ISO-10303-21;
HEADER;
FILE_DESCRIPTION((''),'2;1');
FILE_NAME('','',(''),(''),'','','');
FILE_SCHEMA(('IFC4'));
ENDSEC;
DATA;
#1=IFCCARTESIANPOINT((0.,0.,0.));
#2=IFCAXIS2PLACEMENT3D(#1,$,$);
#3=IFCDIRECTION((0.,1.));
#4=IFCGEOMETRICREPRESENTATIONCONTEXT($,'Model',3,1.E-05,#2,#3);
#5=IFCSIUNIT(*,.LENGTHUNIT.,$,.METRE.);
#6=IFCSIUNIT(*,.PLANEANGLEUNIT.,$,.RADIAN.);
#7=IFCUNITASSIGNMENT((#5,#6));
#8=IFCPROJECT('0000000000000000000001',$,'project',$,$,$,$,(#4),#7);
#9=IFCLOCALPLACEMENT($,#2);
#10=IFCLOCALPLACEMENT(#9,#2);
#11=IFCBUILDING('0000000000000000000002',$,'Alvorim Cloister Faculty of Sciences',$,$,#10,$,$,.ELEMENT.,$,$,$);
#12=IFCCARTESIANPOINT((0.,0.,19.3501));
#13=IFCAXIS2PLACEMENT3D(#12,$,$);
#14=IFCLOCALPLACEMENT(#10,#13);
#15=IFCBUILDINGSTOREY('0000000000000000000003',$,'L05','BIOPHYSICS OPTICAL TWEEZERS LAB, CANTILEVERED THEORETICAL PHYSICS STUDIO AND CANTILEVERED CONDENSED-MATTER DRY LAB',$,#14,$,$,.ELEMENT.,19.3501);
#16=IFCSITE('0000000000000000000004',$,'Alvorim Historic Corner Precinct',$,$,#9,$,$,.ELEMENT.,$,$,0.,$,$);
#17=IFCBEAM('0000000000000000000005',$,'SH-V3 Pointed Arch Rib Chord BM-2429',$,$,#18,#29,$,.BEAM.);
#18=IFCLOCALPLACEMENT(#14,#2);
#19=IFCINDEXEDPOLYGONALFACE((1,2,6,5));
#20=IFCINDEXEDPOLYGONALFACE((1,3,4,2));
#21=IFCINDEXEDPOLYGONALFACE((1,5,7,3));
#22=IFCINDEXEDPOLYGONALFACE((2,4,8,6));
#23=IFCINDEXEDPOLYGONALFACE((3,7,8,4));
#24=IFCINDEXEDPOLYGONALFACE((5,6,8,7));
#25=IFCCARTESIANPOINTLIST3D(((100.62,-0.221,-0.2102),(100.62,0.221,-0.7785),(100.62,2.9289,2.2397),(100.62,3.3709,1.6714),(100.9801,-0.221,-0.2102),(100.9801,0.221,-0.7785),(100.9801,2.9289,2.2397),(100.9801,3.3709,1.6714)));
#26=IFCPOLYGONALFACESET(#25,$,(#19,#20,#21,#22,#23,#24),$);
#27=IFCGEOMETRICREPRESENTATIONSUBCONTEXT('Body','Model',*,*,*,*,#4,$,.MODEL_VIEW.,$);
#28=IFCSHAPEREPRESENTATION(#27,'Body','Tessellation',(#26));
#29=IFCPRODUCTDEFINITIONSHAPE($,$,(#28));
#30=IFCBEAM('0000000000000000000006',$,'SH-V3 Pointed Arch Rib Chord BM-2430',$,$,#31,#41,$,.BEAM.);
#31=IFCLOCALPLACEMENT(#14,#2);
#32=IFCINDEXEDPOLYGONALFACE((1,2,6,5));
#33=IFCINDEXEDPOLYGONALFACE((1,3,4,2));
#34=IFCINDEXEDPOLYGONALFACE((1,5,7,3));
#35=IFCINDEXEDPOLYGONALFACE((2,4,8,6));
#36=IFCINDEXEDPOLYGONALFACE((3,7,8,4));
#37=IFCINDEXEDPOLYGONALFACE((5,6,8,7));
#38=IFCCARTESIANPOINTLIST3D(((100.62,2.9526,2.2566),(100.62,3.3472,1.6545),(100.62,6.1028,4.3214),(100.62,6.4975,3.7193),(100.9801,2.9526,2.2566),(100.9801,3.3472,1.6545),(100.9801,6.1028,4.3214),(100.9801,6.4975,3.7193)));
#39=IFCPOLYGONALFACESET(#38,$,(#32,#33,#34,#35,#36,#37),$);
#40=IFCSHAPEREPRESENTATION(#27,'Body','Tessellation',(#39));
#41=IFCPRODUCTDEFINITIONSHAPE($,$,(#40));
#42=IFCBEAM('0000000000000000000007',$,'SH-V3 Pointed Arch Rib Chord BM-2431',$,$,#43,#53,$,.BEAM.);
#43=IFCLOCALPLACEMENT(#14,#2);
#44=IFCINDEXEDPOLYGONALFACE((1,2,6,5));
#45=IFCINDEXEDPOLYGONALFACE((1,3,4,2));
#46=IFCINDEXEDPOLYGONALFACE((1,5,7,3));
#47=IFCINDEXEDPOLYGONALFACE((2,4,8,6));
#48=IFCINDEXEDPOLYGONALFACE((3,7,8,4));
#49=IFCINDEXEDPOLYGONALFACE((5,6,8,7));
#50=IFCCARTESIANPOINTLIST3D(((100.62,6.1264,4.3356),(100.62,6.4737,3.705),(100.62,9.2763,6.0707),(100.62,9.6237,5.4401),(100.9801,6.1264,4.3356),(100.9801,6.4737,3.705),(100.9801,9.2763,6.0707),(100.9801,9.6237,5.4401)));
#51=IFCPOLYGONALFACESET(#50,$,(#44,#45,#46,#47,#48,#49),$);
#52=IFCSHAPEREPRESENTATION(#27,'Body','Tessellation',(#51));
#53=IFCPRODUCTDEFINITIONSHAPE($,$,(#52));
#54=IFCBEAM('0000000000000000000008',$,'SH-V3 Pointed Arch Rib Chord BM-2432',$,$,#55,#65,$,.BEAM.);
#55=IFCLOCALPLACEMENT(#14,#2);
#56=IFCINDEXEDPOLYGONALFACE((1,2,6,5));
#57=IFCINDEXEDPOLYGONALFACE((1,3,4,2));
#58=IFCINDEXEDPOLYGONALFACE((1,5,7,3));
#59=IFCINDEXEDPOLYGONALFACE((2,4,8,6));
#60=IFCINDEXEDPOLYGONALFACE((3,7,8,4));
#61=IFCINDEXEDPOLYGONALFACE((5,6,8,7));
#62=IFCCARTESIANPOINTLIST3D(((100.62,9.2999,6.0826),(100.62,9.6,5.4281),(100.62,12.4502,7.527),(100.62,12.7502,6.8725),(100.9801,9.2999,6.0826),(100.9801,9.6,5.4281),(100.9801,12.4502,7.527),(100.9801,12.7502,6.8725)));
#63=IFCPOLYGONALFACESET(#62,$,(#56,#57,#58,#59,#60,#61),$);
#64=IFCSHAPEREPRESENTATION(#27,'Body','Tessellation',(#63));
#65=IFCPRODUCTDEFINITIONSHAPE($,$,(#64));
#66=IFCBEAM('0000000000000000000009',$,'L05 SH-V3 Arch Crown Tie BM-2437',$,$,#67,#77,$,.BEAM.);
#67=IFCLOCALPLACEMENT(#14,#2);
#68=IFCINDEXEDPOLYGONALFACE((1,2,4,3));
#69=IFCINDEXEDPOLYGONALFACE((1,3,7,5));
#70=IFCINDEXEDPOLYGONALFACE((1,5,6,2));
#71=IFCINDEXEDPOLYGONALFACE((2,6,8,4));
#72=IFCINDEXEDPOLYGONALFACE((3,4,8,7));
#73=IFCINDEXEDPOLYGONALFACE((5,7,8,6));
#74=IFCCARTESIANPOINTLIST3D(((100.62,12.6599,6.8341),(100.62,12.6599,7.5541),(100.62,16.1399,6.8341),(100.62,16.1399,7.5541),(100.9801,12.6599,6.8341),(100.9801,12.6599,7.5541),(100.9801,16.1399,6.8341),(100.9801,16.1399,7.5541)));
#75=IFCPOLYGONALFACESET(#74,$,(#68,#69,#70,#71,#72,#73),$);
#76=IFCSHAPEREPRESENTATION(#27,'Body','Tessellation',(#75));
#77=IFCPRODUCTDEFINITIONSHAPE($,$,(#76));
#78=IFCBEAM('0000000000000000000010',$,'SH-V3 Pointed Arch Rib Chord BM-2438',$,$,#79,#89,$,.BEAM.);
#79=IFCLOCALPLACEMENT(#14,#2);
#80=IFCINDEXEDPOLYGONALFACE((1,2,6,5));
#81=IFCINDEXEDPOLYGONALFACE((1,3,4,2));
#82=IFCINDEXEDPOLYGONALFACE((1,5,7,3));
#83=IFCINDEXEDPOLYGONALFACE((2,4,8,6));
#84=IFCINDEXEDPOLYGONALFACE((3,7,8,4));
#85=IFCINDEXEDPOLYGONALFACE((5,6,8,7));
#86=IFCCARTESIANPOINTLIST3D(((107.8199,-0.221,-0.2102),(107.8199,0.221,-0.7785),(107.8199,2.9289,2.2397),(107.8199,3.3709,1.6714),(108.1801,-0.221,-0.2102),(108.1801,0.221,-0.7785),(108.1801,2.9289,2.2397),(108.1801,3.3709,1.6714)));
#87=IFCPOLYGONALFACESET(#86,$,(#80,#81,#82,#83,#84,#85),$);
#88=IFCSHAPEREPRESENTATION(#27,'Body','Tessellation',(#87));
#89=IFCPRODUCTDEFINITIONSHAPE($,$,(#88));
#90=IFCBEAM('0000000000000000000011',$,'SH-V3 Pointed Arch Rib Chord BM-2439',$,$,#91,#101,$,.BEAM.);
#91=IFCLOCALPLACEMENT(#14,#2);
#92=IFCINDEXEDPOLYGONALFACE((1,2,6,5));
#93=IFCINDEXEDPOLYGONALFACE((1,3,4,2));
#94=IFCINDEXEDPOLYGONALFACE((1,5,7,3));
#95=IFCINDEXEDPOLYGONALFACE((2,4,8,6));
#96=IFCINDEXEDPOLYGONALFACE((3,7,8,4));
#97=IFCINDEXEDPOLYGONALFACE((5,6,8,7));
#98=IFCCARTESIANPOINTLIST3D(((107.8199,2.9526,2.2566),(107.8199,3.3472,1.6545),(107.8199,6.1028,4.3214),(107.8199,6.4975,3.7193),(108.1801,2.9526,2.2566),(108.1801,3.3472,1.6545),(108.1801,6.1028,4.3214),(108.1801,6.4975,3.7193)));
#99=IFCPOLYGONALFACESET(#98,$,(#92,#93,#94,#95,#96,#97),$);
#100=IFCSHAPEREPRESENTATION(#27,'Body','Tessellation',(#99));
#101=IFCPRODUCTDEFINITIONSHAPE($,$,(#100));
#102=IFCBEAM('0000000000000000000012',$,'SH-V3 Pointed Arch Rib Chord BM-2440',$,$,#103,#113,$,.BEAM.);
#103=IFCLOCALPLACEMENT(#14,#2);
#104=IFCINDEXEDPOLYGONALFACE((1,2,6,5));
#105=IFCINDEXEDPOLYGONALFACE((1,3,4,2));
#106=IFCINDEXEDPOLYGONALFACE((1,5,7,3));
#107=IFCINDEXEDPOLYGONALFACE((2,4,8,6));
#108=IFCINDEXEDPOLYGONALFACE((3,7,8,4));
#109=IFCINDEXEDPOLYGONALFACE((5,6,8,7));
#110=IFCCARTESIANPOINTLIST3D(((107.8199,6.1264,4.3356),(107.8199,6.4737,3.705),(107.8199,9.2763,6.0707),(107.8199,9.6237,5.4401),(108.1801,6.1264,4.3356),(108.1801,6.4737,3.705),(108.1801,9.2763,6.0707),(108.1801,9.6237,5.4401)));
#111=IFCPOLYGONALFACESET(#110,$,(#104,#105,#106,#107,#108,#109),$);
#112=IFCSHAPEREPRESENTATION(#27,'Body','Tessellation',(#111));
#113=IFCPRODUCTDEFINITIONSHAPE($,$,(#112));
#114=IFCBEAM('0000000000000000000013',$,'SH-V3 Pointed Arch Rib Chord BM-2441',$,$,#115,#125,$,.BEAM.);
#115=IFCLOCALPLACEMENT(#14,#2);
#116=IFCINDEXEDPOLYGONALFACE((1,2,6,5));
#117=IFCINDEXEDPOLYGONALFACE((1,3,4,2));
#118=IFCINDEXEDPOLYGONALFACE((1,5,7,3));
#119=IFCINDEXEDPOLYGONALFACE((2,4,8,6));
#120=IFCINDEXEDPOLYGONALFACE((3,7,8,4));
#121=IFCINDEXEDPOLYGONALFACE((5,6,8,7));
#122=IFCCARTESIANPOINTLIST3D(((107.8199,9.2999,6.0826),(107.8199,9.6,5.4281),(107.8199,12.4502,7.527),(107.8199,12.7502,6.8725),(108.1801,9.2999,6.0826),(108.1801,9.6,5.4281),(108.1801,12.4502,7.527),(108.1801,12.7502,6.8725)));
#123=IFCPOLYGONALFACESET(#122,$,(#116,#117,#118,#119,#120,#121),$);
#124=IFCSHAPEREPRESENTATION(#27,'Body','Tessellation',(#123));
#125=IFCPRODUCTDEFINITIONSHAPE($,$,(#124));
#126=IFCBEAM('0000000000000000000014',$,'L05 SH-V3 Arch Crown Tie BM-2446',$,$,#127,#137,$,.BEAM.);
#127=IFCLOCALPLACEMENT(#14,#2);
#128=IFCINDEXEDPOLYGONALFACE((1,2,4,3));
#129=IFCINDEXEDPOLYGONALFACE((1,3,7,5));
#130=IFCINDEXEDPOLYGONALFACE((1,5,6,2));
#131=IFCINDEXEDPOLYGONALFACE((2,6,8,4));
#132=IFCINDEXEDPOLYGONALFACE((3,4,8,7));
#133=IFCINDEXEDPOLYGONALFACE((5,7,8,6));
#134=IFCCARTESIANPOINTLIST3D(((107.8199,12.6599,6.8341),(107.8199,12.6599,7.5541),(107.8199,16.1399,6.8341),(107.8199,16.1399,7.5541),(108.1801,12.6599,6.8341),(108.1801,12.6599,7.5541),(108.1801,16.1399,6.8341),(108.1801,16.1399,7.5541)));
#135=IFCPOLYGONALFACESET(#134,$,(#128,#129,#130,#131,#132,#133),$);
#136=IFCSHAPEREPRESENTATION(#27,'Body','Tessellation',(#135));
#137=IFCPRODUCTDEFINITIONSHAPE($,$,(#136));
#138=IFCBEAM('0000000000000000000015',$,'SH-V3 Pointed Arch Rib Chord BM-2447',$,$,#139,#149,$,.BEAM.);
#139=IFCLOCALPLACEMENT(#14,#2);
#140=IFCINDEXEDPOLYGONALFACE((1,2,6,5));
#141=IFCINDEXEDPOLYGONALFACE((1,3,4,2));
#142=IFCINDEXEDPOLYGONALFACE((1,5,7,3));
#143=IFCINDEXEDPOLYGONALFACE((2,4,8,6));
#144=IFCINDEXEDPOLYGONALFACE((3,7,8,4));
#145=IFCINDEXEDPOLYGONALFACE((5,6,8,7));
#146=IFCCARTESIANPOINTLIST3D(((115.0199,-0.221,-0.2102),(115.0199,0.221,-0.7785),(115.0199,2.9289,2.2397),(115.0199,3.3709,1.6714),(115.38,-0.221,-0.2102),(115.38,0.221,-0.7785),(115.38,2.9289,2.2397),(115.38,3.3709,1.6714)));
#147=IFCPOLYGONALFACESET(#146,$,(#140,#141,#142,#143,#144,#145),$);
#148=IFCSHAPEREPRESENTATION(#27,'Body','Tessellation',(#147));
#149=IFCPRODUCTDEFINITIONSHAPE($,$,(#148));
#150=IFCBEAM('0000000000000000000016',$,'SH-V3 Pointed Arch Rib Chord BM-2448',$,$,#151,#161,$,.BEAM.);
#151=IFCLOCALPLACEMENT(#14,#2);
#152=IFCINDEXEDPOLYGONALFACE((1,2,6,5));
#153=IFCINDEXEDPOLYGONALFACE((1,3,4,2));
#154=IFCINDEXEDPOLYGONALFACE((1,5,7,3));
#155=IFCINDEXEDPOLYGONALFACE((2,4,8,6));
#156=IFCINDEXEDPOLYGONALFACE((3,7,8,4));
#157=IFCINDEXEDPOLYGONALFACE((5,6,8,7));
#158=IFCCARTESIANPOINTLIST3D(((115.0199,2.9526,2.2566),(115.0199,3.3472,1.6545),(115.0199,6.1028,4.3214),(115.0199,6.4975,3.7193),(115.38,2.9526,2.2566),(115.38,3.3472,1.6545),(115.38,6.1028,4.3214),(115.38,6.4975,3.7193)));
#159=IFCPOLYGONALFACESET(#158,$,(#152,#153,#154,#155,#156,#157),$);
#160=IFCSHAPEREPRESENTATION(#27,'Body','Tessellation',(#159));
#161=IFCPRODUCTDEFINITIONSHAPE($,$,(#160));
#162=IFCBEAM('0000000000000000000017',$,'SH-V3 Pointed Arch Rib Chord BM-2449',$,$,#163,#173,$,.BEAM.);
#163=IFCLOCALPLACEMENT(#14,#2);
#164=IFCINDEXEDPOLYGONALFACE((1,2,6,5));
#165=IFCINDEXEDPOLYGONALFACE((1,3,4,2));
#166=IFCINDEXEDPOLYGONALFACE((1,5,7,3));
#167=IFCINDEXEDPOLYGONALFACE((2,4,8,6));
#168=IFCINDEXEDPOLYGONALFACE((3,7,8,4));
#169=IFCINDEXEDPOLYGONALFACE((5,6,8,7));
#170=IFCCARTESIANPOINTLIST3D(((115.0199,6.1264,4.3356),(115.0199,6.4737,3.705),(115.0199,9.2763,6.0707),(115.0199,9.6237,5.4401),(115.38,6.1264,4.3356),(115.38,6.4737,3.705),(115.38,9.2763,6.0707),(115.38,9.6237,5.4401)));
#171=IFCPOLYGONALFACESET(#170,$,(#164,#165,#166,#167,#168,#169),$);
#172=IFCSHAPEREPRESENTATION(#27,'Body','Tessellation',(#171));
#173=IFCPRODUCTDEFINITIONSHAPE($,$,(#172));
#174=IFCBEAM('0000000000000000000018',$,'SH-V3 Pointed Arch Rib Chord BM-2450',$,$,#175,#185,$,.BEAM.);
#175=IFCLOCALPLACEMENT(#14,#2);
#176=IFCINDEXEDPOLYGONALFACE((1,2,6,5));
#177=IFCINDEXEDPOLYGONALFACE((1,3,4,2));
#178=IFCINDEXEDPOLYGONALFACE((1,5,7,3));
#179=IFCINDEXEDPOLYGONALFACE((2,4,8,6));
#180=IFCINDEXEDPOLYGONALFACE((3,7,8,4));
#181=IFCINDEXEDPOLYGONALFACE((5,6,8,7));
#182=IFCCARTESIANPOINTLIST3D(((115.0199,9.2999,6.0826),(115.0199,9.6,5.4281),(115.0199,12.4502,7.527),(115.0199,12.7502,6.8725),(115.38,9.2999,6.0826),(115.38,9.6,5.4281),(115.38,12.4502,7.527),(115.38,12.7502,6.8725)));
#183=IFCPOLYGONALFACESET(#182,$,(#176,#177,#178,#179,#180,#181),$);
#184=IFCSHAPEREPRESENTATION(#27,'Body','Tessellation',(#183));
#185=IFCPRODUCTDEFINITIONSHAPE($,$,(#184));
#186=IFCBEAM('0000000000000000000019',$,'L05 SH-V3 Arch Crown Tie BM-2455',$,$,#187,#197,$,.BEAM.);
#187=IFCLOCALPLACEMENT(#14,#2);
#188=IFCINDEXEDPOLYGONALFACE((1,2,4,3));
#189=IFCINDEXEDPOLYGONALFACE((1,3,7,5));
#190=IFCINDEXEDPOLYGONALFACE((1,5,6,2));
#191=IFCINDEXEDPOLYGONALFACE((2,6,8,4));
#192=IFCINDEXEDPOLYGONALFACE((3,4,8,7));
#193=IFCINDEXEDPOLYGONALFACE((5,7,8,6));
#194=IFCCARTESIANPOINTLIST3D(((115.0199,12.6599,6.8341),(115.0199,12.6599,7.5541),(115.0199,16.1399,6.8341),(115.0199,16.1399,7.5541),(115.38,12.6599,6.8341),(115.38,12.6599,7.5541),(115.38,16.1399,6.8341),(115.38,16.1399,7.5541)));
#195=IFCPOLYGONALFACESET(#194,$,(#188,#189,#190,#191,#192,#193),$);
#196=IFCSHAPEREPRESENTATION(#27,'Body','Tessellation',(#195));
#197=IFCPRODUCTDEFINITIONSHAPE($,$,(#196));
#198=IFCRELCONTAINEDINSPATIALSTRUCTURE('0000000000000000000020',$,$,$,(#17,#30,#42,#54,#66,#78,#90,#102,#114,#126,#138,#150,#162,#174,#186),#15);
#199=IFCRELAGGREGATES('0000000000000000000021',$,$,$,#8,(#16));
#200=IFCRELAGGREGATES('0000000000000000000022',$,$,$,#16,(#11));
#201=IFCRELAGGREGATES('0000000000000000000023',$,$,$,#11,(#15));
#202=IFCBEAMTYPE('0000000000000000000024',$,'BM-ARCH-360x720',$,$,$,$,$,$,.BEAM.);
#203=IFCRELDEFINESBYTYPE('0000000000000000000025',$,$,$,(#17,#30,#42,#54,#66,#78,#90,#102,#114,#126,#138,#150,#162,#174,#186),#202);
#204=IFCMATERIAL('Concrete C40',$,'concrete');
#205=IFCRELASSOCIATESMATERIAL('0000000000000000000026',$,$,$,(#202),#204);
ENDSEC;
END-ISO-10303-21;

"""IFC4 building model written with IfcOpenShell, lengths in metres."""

from ifc_helpers import new_model, si_unit, direction, frame, origin, origin_2d, place, context, subcontext, project, spatial, rectangle, extrude, material, material_profile, profile_set, type_object, element, save


model = new_model("IFC4")

# Units and contexts
model_context = context("Model", 3, precision=1e-05, world=origin(), true_north=direction((0.0, 1.0)))
body_context = subcontext(model_context, "Body", "Model", "MODEL_VIEW")
ifc_project = project(units=[si_unit("LENGTHUNIT", "METRE"), si_unit("PLANEANGLEUNIT", "RADIAN")], contexts=[model_context])

# Site, building, storey
site_placement = place(None, origin())
site = spatial("IfcSite", under=ifc_project, at=site_placement, Name="Alvorim Historic Corner Precinct", CompositionType="ELEMENT", RefElevation=0.0)
building_placement = place(site_placement, origin())
building = spatial("IfcBuilding", under=site, at=building_placement, Name="Alvorim Cloister Faculty of Sciences", CompositionType="ELEMENT")
storey_placement = place(building_placement, frame((0.0, 0.0, 19.3501)))
storey = spatial("IfcBuildingStorey", under=building, at=storey_placement, Name="L05", Description="BIOPHYSICS OPTICAL TWEEZERS LAB, CANTILEVERED THEORETICAL PHYSICS STUDIO AND CANTILEVERED CONDENSED-MATTER DRY LAB", CompositionType="ELEMENT", Elevation=19.3501)

# Beams
ifc_material_1 = material(Name="Concrete C40", Category="concrete")
ifc_material_profile_1 = material_profile(ifc_material_1, rectangle(XDim=0.3601, YDim=0.72, at=origin_2d()), Name="RC40-ARCH-360x720")
ifc_profile_set_1 = profile_set([ifc_material_profile_1], Name="Concrete C40")
beam_type_1 = type_object("IfcBeamType", Name="BM-ARCH-360x720", PredefinedType="BEAM", material=ifc_profile_set_1)
beam_1_placement = place(storey_placement, frame((100.8, 0.0, -0.4944), z_axis=(0.0, 0.789349, 0.613945), x_axis=(-1.0, 0.0, 0.0)))
element("IfcBeam", 1, at=beam_1_placement, inside=storey, type_object=beam_type_1, Name="SH-V3 Pointed Arch Rib Chord BM-2429", PredefinedType="BEAM", context=body_context, shape_type="SweptSolid", body=[
    extrude(rectangle(XDim=0.3601, YDim=0.72, at=origin_2d()), origin(), (0.0, 0.0, 1.0), 3.9905),
])
beam_2_placement = place(storey_placement, frame((100.8, 3.1499, 1.9556), z_axis=(0.0, 0.836363, 0.548176), x_axis=(-1.0, 0.0, 0.0)))
element("IfcBeam", 2, at=beam_2_placement, inside=storey, type_object=beam_type_1, Name="SH-V3 Pointed Arch Rib Chord BM-2430", PredefinedType="BEAM", context=body_context, shape_type="SweptSolid", body=[
    extrude(rectangle(XDim=0.3601, YDim=0.72, at=origin_2d()), origin(), (0.0, 0.0, 1.0), 3.7666),
])
beam_3_placement = place(storey_placement, frame((100.8, 6.3, 4.0203), z_axis=(0.0, 0.875903, 0.482487), x_axis=(-1.0, 0.0, 0.0)))
element("IfcBeam", 3, at=beam_3_placement, inside=storey, type_object=beam_type_1, Name="SH-V3 Pointed Arch Rib Chord BM-2431", PredefinedType="BEAM", context=body_context, shape_type="SweptSolid", body=[
    extrude(rectangle(XDim=0.3601, YDim=0.72, at=origin_2d()), origin(), (0.0, 0.0, 1.0), 3.5962),
])
beam_4_placement = place(storey_placement, frame((100.8, 9.45, 5.7554), z_axis=(0.0, 0.909008, 0.416778), x_axis=(-1.0, 0.0, 0.0)))
element("IfcBeam", 4, at=beam_4_placement, inside=storey, type_object=beam_type_1, Name="SH-V3 Pointed Arch Rib Chord BM-2432", PredefinedType="BEAM", context=body_context, shape_type="SweptSolid", body=[
    extrude(rectangle(XDim=0.3601, YDim=0.72, at=origin_2d()), origin(), (0.0, 0.0, 1.0), 3.4656),
])
beam_5_placement = place(storey_placement, frame((100.8, 12.6599, 7.1941), z_axis=(0.0, 1.0, 0.0), x_axis=(-1.0, 0.0, 0.0)))
element("IfcBeam", 5, at=beam_5_placement, inside=storey, type_object=beam_type_1, Name="L05 SH-V3 Arch Crown Tie BM-2437", PredefinedType="BEAM", context=body_context, shape_type="SweptSolid", body=[
    extrude(rectangle(XDim=0.3601, YDim=0.72, at=origin_2d()), origin(), (0.0, 0.0, 1.0), 3.48),
])
beam_6_placement = place(storey_placement, frame((108.0, 0.0, -0.4944), z_axis=(0.0, 0.789349, 0.613945), x_axis=(-1.0, 0.0, 0.0)))
element("IfcBeam", 6, at=beam_6_placement, inside=storey, type_object=beam_type_1, Name="SH-V3 Pointed Arch Rib Chord BM-2438", PredefinedType="BEAM", context=body_context, shape_type="SweptSolid", body=[
    extrude(rectangle(XDim=0.3601, YDim=0.72, at=origin_2d()), origin(), (0.0, 0.0, 1.0), 3.9905),
])
beam_7_placement = place(storey_placement, frame((108.0, 3.1499, 1.9556), z_axis=(0.0, 0.836363, 0.548176), x_axis=(-1.0, 0.0, 0.0)))
element("IfcBeam", 7, at=beam_7_placement, inside=storey, type_object=beam_type_1, Name="SH-V3 Pointed Arch Rib Chord BM-2439", PredefinedType="BEAM", context=body_context, shape_type="SweptSolid", body=[
    extrude(rectangle(XDim=0.3601, YDim=0.72, at=origin_2d()), origin(), (0.0, 0.0, 1.0), 3.7666),
])
beam_8_placement = place(storey_placement, frame((108.0, 6.3, 4.0203), z_axis=(0.0, 0.875903, 0.482487), x_axis=(-1.0, 0.0, 0.0)))
element("IfcBeam", 8, at=beam_8_placement, inside=storey, type_object=beam_type_1, Name="SH-V3 Pointed Arch Rib Chord BM-2440", PredefinedType="BEAM", context=body_context, shape_type="SweptSolid", body=[
    extrude(rectangle(XDim=0.3601, YDim=0.72, at=origin_2d()), origin(), (0.0, 0.0, 1.0), 3.5962),
])
beam_9_placement = place(storey_placement, frame((108.0, 9.45, 5.7554), z_axis=(0.0, 0.909008, 0.416778), x_axis=(-1.0, 0.0, 0.0)))
element("IfcBeam", 9, at=beam_9_placement, inside=storey, type_object=beam_type_1, Name="SH-V3 Pointed Arch Rib Chord BM-2441", PredefinedType="BEAM", context=body_context, shape_type="SweptSolid", body=[
    extrude(rectangle(XDim=0.3601, YDim=0.72, at=origin_2d()), origin(), (0.0, 0.0, 1.0), 3.4656),
])
beam_10_placement = place(storey_placement, frame((108.0, 12.6599, 7.1941), z_axis=(0.0, 1.0, 0.0), x_axis=(-1.0, 0.0, 0.0)))
element("IfcBeam", 10, at=beam_10_placement, inside=storey, type_object=beam_type_1, Name="L05 SH-V3 Arch Crown Tie BM-2446", PredefinedType="BEAM", context=body_context, shape_type="SweptSolid", body=[
    extrude(rectangle(XDim=0.3601, YDim=0.72, at=origin_2d()), origin(), (0.0, 0.0, 1.0), 3.48),
])
beam_11_placement = place(storey_placement, frame((115.2, 0.0, -0.4944), z_axis=(0.0, 0.789349, 0.613945), x_axis=(-1.0, 0.0, 0.0)))
element("IfcBeam", 11, at=beam_11_placement, inside=storey, type_object=beam_type_1, Name="SH-V3 Pointed Arch Rib Chord BM-2447", PredefinedType="BEAM", context=body_context, shape_type="SweptSolid", body=[
    extrude(rectangle(XDim=0.3601, YDim=0.72, at=origin_2d()), origin(), (0.0, 0.0, 1.0), 3.9905),
])
beam_12_placement = place(storey_placement, frame((115.2, 3.1499, 1.9556), z_axis=(0.0, 0.836363, 0.548176), x_axis=(-1.0, 0.0, 0.0)))
element("IfcBeam", 12, at=beam_12_placement, inside=storey, type_object=beam_type_1, Name="SH-V3 Pointed Arch Rib Chord BM-2448", PredefinedType="BEAM", context=body_context, shape_type="SweptSolid", body=[
    extrude(rectangle(XDim=0.3601, YDim=0.72, at=origin_2d()), origin(), (0.0, 0.0, 1.0), 3.7666),
])
beam_13_placement = place(storey_placement, frame((115.2, 6.3, 4.0203), z_axis=(0.0, 0.875903, 0.482487), x_axis=(-1.0, 0.0, 0.0)))
element("IfcBeam", 13, at=beam_13_placement, inside=storey, type_object=beam_type_1, Name="SH-V3 Pointed Arch Rib Chord BM-2449", PredefinedType="BEAM", context=body_context, shape_type="SweptSolid", body=[
    extrude(rectangle(XDim=0.3601, YDim=0.72, at=origin_2d()), origin(), (0.0, 0.0, 1.0), 3.5962),
])
beam_14_placement = place(storey_placement, frame((115.2, 9.45, 5.7554), z_axis=(0.0, 0.909008, 0.416778), x_axis=(-1.0, 0.0, 0.0)))
element("IfcBeam", 14, at=beam_14_placement, inside=storey, type_object=beam_type_1, Name="SH-V3 Pointed Arch Rib Chord BM-2450", PredefinedType="BEAM", context=body_context, shape_type="SweptSolid", body=[
    extrude(rectangle(XDim=0.3601, YDim=0.72, at=origin_2d()), origin(), (0.0, 0.0, 1.0), 3.4656),
])
beam_15_placement = place(storey_placement, frame((115.2, 12.6599, 7.1941), z_axis=(0.0, 1.0, 0.0), x_axis=(-1.0, 0.0, 0.0)))
element("IfcBeam", 15, at=beam_15_placement, inside=storey, type_object=beam_type_1, Name="L05 SH-V3 Arch Crown Tie BM-2455", PredefinedType="BEAM", context=body_context, shape_type="SweptSolid", body=[
    extrude(rectangle(XDim=0.3601, YDim=0.72, at=origin_2d()), origin(), (0.0, 0.0, 1.0), 3.48),
])

save(model, "model.ifc")
